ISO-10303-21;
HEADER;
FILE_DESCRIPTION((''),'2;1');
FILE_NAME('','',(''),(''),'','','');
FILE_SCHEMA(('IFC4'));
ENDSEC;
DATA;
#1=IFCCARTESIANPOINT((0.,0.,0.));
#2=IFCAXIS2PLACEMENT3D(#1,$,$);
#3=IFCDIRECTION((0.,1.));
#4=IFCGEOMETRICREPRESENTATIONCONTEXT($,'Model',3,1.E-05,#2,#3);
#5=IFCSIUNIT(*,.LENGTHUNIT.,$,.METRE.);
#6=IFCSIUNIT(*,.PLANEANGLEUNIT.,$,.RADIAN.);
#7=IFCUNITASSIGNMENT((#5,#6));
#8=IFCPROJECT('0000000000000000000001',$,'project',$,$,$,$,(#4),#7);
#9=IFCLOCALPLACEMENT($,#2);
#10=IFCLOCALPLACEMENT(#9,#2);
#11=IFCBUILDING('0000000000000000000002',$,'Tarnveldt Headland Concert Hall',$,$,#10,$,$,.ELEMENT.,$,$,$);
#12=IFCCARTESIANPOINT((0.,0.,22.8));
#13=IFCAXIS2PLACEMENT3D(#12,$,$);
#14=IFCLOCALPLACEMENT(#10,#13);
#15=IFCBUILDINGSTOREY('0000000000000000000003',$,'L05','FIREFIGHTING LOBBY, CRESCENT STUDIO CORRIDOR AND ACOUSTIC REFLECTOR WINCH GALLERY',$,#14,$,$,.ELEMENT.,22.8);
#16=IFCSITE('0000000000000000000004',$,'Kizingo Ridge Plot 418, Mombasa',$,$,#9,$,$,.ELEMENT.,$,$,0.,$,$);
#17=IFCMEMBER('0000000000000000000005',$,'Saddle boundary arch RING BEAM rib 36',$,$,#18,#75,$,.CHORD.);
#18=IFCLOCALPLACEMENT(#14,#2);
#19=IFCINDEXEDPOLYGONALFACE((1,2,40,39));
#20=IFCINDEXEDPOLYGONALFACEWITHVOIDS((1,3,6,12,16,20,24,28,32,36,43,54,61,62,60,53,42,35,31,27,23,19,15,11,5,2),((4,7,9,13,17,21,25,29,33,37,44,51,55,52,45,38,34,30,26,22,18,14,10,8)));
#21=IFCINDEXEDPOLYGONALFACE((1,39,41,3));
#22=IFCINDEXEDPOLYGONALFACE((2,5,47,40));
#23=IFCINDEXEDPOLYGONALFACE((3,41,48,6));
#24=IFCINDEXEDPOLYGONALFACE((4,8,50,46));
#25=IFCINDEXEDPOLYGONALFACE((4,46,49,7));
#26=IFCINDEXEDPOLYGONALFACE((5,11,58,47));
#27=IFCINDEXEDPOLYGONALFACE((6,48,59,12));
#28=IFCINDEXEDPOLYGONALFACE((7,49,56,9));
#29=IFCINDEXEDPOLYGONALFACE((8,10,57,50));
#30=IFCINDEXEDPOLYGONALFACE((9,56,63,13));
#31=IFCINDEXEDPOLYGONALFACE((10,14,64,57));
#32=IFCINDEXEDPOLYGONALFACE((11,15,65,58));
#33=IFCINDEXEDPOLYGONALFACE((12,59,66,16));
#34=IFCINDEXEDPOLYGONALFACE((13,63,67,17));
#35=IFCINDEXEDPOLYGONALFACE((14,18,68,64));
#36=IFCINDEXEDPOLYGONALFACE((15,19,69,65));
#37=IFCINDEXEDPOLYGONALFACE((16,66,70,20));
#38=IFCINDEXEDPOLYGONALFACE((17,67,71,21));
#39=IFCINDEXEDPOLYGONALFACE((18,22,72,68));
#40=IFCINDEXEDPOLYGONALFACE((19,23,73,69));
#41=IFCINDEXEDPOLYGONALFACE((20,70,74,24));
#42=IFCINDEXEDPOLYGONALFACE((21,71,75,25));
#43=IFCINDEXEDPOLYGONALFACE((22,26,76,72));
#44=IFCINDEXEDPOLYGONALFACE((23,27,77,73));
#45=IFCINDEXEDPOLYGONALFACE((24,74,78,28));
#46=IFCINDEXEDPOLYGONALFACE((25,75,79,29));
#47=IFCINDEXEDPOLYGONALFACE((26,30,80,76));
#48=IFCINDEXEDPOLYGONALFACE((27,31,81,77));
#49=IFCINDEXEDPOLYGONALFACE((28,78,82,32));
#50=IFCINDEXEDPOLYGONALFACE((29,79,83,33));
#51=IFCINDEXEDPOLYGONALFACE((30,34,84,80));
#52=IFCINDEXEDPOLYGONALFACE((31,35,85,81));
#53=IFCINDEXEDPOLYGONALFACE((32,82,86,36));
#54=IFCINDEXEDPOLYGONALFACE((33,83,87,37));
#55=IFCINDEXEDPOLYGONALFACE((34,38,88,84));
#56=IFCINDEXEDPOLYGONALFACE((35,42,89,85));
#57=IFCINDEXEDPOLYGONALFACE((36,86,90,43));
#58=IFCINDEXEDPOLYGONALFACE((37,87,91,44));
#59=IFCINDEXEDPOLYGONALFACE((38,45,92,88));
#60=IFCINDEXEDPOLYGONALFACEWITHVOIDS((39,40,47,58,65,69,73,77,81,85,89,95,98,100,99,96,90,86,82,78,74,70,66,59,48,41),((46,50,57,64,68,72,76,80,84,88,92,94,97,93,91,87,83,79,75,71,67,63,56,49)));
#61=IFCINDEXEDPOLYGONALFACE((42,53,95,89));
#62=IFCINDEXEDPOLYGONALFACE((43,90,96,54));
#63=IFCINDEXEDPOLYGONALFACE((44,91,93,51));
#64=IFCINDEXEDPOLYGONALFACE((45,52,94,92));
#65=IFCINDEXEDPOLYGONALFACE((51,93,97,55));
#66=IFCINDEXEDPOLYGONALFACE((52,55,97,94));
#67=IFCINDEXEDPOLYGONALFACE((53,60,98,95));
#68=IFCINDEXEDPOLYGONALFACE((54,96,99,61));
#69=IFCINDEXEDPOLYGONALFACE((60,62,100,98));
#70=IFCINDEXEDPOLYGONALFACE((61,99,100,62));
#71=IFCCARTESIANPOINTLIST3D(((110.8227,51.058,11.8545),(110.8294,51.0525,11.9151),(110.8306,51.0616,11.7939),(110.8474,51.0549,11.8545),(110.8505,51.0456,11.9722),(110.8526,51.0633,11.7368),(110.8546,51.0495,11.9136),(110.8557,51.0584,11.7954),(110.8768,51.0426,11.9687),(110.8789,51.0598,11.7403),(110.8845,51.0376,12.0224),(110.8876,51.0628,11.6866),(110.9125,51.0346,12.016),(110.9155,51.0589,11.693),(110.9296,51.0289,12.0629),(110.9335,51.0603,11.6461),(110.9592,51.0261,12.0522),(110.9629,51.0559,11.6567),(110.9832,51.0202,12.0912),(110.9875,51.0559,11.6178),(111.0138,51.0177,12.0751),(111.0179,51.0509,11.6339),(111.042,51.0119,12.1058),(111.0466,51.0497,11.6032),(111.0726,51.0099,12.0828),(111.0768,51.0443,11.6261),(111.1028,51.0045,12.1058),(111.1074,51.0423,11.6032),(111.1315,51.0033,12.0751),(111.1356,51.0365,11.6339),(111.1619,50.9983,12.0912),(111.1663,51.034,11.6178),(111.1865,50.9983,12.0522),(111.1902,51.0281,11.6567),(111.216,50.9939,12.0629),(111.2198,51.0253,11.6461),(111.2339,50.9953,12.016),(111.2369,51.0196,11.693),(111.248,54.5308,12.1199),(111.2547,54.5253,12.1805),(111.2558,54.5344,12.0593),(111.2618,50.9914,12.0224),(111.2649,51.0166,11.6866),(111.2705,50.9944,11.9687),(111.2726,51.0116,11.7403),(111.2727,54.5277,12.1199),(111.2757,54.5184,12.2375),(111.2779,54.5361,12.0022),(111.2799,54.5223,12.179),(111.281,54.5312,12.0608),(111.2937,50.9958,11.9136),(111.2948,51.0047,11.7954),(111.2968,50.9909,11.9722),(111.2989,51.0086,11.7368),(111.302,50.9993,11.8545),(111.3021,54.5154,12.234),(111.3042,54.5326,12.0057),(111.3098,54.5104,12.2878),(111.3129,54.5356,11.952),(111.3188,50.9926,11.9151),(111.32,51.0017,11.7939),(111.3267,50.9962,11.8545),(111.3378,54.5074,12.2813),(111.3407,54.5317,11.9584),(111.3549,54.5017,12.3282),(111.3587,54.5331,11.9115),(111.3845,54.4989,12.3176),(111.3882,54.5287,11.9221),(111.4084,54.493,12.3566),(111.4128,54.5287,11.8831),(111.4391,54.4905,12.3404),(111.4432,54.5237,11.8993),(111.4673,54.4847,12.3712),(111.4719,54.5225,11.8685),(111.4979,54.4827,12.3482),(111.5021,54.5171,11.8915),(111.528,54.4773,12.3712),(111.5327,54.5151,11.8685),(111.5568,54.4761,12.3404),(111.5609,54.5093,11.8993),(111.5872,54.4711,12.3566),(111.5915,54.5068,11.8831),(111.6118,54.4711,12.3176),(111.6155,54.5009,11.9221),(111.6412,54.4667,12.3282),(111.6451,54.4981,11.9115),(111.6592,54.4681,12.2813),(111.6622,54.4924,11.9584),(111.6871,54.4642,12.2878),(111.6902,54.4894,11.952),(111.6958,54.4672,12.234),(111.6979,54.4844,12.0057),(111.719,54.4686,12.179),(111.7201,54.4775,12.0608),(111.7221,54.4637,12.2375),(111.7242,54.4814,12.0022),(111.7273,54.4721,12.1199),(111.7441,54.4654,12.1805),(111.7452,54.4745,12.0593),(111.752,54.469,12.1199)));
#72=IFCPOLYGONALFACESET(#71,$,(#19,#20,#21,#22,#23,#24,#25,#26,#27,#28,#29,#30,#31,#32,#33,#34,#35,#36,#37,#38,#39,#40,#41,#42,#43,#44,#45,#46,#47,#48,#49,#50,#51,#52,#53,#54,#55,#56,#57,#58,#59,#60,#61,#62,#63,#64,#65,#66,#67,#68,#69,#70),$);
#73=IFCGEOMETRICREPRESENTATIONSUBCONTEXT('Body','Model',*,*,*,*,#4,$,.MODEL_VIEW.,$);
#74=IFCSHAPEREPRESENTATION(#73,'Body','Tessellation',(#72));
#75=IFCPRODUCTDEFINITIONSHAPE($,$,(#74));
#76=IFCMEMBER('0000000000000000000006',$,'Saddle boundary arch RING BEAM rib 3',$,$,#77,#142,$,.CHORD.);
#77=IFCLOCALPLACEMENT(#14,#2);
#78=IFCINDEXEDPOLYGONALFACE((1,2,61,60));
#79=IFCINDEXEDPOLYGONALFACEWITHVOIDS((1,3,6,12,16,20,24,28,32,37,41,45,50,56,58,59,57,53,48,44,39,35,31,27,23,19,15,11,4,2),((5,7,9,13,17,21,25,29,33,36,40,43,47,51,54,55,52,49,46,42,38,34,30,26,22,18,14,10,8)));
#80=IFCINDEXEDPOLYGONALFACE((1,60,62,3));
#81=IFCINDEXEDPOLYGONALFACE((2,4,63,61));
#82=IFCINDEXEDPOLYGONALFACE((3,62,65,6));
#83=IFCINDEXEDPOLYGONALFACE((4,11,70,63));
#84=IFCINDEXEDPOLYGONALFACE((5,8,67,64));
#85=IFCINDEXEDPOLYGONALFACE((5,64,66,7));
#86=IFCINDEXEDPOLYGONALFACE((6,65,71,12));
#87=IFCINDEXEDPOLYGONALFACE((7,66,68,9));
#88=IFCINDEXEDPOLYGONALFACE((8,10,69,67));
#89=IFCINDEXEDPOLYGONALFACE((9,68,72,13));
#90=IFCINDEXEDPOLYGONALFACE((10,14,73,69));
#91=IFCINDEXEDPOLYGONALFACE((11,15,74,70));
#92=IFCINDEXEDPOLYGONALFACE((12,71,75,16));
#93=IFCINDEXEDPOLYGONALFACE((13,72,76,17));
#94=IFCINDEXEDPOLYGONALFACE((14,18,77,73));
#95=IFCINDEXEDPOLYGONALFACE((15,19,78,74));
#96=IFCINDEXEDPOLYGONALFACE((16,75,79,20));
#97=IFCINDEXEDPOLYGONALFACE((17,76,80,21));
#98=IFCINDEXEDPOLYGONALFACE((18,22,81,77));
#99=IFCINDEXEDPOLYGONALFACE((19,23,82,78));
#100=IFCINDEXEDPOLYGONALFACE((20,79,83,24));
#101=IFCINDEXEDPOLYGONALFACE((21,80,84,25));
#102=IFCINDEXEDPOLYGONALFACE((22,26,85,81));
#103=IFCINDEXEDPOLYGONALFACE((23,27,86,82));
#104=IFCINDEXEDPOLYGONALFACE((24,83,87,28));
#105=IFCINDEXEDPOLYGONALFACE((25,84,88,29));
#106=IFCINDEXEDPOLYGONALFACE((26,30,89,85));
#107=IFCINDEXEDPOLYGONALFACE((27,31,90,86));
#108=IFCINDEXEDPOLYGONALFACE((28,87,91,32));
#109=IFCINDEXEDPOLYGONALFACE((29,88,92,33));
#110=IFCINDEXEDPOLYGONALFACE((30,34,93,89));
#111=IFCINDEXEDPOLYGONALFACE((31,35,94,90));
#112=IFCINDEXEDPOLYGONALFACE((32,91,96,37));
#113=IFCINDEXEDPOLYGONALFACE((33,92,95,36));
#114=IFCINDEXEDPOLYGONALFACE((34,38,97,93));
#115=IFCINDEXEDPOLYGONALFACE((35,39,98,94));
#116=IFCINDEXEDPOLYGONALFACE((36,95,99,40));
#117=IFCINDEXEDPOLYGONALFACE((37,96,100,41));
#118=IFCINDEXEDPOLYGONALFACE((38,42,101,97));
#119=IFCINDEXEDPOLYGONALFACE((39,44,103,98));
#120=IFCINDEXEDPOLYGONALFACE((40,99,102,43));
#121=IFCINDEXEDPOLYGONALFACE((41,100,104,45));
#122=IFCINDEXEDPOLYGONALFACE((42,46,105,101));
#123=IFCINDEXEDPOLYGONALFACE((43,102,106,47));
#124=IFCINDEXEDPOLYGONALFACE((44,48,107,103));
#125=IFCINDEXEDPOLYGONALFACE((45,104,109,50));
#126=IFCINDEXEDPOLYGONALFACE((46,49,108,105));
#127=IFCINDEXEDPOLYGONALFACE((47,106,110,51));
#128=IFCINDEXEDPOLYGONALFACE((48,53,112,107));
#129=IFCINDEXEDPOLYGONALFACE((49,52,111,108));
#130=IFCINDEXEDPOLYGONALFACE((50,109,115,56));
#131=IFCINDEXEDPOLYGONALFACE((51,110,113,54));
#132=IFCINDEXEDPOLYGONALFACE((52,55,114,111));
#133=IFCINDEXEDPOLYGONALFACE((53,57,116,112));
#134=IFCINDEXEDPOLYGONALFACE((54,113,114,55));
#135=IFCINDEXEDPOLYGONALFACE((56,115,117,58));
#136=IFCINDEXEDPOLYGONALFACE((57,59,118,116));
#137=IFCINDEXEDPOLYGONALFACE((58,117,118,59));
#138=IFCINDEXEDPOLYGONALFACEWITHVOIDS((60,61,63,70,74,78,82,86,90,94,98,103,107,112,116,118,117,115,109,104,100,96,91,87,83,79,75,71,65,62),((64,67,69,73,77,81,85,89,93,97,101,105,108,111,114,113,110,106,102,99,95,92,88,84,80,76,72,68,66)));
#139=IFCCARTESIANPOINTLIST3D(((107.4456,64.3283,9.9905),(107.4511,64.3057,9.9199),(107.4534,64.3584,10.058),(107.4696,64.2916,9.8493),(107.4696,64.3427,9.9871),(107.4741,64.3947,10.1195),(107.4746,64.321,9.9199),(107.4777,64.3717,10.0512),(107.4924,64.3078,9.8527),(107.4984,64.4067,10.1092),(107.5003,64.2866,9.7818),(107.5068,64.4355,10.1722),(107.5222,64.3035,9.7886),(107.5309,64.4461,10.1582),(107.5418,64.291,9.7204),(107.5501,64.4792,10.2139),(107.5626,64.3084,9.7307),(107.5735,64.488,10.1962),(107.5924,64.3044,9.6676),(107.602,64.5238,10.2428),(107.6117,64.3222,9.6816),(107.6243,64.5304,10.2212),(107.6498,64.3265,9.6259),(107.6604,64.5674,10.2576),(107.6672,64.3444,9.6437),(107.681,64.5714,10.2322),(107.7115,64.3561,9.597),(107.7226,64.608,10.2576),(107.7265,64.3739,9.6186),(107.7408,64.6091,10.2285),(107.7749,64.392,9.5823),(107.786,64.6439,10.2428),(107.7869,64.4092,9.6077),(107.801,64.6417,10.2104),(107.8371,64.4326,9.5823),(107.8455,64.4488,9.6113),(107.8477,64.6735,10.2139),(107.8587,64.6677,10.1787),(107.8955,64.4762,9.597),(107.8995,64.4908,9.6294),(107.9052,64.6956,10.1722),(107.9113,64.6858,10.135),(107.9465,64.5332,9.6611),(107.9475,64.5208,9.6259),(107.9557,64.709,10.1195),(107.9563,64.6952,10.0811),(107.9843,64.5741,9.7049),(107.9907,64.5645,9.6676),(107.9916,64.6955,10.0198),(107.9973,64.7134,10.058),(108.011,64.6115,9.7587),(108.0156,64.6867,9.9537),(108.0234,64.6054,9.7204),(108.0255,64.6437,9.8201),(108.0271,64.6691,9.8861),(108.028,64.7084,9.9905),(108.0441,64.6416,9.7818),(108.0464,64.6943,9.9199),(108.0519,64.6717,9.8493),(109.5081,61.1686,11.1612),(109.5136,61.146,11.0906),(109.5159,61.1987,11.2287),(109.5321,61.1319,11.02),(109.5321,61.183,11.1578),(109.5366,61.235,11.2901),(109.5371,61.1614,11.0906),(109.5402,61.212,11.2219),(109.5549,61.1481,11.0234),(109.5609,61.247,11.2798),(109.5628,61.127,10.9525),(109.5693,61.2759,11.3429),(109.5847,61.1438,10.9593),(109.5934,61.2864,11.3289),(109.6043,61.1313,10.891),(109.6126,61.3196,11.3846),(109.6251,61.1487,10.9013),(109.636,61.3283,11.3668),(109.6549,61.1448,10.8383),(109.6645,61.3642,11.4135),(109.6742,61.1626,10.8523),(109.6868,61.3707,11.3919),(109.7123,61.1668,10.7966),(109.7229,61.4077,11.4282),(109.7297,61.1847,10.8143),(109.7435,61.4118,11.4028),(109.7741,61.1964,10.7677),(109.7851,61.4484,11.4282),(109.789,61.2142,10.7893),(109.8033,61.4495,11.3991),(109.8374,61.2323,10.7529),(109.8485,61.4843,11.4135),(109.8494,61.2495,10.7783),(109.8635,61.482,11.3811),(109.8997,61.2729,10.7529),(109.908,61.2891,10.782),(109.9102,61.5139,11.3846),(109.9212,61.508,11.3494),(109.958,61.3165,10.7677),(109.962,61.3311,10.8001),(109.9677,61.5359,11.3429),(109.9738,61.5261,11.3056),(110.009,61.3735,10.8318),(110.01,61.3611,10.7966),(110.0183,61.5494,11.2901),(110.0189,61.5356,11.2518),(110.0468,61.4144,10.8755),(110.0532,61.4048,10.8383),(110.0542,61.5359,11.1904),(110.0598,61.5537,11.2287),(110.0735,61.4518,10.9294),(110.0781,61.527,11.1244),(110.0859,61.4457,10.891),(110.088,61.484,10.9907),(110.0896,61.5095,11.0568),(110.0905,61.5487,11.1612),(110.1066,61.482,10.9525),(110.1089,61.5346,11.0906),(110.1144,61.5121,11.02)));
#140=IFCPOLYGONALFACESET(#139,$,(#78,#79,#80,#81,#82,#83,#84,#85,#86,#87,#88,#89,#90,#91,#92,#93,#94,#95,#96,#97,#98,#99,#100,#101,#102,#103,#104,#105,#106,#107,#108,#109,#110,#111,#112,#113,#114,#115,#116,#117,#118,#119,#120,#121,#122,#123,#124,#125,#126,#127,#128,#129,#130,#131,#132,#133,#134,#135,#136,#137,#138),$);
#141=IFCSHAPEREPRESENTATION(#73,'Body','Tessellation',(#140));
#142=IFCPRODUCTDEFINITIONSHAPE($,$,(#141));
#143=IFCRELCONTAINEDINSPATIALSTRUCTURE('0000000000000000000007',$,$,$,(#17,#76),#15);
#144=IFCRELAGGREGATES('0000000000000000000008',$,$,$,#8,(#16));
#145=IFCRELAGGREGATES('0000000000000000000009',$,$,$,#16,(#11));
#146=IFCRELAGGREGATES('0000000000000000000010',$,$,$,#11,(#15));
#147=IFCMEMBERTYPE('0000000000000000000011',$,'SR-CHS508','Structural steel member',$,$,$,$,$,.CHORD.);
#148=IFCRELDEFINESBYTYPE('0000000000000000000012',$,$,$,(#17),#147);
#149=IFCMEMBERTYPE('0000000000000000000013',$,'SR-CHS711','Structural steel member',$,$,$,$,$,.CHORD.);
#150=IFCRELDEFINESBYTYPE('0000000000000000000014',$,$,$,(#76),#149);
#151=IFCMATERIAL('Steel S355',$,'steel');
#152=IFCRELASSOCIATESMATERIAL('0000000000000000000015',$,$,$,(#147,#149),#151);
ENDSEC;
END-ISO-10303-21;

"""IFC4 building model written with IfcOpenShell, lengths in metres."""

from ifc_helpers import new_model, si_unit, direction, frame, origin, origin_2d, place, context, subcontext, project, spatial, hollow_circle, extrude, material, material_profile, profile_set, type_object, element, save


model = new_model("IFC4")

# Units and contexts
model_context = context("Model", 3, precision=1e-05, world=origin(), true_north=direction((0.0, 1.0)))
body_context = subcontext(model_context, "Body", "Model", "MODEL_VIEW")
ifc_project = project(units=[si_unit("LENGTHUNIT", "METRE"), si_unit("PLANEANGLEUNIT", "RADIAN")], contexts=[model_context])

# Site, building, storey
site_placement = place(None, origin())
site = spatial("IfcSite", under=ifc_project, at=site_placement, Name="Kizingo Ridge Plot 418, Mombasa", CompositionType="ELEMENT", RefElevation=0.0)
building_placement = place(site_placement, origin())
building = spatial("IfcBuilding", under=site, at=building_placement, Name="Tarnveldt Headland Concert Hall", CompositionType="ELEMENT")
storey_placement = place(building_placement, frame((0.0, 0.0, 22.8)))
storey = spatial("IfcBuildingStorey", under=building, at=storey_placement, Name="L05", Description="FIREFIGHTING LOBBY, CRESCENT STUDIO CORRIDOR AND ACOUSTIC REFLECTOR WINCH GALLERY", CompositionType="ELEMENT", Elevation=22.8)

# Shared definitions
ifc_material_1 = material(Name="Steel S355", Category="steel")

# Members
ifc_material_profile_1 = material_profile(ifc_material_1, hollow_circle(Radius=0.2539, WallThickness=0.0249, at=origin_2d()), Name="CHS 508x25", Category="steel")
ifc_profile_set_1 = profile_set([ifc_material_profile_1], Name="Steel S355")
member_type_1 = type_object("IfcMemberType", Name="SR-CHS508", Description="Structural steel member", PredefinedType="CHORD", material=ifc_profile_set_1)
member_1_placement = place(storey_placement, frame((111.0747, 51.0271, 11.8545), z_axis=(0.121204, 0.989742, 0.075631), x_axis=(-0.992585, 0.121552, 0.0)))
element("IfcMember", 1, at=member_1_placement, inside=storey, type_object=member_type_1, Name="Saddle boundary arch RING BEAM rib 36", PredefinedType="CHORD", context=body_context, shape_type="SweptSolid", body=[
    extrude(hollow_circle(Radius=0.2539, WallThickness=0.0249, at=origin_2d()), origin(), (0.0, 0.0, 1.0), 3.5088),
])
ifc_material_profile_2 = material_profile(ifc_material_1, hollow_circle(Radius=0.3555, WallThickness=0.0281, at=origin_2d()), Name="CHS 711x28", Category="steel")
ifc_profile_set_2 = profile_set([ifc_material_profile_2], Name="Steel S355")
member_type_2 = type_object("IfcMemberType", Name="SR-CHS711", Description="Structural steel member", PredefinedType="CHORD", material=ifc_profile_set_2)
member_2_placement = place(storey_placement, frame((109.8113, 61.3403, 11.0906), z_axis=(-0.522063, 0.799779, -0.296317), x_axis=(-0.837387, -0.546611, 0.0)))
element("IfcMember", 2, at=member_2_placement, inside=storey, type_object=member_type_2, Name="Saddle boundary arch RING BEAM rib 3", PredefinedType="CHORD", context=body_context, shape_type="SweptSolid", body=[
    extrude(hollow_circle(Radius=0.3555, WallThickness=0.0281, at=origin_2d()), origin(), (0.0, 0.0, 1.0), 3.9507),
])

save(model, "model.ifc")
